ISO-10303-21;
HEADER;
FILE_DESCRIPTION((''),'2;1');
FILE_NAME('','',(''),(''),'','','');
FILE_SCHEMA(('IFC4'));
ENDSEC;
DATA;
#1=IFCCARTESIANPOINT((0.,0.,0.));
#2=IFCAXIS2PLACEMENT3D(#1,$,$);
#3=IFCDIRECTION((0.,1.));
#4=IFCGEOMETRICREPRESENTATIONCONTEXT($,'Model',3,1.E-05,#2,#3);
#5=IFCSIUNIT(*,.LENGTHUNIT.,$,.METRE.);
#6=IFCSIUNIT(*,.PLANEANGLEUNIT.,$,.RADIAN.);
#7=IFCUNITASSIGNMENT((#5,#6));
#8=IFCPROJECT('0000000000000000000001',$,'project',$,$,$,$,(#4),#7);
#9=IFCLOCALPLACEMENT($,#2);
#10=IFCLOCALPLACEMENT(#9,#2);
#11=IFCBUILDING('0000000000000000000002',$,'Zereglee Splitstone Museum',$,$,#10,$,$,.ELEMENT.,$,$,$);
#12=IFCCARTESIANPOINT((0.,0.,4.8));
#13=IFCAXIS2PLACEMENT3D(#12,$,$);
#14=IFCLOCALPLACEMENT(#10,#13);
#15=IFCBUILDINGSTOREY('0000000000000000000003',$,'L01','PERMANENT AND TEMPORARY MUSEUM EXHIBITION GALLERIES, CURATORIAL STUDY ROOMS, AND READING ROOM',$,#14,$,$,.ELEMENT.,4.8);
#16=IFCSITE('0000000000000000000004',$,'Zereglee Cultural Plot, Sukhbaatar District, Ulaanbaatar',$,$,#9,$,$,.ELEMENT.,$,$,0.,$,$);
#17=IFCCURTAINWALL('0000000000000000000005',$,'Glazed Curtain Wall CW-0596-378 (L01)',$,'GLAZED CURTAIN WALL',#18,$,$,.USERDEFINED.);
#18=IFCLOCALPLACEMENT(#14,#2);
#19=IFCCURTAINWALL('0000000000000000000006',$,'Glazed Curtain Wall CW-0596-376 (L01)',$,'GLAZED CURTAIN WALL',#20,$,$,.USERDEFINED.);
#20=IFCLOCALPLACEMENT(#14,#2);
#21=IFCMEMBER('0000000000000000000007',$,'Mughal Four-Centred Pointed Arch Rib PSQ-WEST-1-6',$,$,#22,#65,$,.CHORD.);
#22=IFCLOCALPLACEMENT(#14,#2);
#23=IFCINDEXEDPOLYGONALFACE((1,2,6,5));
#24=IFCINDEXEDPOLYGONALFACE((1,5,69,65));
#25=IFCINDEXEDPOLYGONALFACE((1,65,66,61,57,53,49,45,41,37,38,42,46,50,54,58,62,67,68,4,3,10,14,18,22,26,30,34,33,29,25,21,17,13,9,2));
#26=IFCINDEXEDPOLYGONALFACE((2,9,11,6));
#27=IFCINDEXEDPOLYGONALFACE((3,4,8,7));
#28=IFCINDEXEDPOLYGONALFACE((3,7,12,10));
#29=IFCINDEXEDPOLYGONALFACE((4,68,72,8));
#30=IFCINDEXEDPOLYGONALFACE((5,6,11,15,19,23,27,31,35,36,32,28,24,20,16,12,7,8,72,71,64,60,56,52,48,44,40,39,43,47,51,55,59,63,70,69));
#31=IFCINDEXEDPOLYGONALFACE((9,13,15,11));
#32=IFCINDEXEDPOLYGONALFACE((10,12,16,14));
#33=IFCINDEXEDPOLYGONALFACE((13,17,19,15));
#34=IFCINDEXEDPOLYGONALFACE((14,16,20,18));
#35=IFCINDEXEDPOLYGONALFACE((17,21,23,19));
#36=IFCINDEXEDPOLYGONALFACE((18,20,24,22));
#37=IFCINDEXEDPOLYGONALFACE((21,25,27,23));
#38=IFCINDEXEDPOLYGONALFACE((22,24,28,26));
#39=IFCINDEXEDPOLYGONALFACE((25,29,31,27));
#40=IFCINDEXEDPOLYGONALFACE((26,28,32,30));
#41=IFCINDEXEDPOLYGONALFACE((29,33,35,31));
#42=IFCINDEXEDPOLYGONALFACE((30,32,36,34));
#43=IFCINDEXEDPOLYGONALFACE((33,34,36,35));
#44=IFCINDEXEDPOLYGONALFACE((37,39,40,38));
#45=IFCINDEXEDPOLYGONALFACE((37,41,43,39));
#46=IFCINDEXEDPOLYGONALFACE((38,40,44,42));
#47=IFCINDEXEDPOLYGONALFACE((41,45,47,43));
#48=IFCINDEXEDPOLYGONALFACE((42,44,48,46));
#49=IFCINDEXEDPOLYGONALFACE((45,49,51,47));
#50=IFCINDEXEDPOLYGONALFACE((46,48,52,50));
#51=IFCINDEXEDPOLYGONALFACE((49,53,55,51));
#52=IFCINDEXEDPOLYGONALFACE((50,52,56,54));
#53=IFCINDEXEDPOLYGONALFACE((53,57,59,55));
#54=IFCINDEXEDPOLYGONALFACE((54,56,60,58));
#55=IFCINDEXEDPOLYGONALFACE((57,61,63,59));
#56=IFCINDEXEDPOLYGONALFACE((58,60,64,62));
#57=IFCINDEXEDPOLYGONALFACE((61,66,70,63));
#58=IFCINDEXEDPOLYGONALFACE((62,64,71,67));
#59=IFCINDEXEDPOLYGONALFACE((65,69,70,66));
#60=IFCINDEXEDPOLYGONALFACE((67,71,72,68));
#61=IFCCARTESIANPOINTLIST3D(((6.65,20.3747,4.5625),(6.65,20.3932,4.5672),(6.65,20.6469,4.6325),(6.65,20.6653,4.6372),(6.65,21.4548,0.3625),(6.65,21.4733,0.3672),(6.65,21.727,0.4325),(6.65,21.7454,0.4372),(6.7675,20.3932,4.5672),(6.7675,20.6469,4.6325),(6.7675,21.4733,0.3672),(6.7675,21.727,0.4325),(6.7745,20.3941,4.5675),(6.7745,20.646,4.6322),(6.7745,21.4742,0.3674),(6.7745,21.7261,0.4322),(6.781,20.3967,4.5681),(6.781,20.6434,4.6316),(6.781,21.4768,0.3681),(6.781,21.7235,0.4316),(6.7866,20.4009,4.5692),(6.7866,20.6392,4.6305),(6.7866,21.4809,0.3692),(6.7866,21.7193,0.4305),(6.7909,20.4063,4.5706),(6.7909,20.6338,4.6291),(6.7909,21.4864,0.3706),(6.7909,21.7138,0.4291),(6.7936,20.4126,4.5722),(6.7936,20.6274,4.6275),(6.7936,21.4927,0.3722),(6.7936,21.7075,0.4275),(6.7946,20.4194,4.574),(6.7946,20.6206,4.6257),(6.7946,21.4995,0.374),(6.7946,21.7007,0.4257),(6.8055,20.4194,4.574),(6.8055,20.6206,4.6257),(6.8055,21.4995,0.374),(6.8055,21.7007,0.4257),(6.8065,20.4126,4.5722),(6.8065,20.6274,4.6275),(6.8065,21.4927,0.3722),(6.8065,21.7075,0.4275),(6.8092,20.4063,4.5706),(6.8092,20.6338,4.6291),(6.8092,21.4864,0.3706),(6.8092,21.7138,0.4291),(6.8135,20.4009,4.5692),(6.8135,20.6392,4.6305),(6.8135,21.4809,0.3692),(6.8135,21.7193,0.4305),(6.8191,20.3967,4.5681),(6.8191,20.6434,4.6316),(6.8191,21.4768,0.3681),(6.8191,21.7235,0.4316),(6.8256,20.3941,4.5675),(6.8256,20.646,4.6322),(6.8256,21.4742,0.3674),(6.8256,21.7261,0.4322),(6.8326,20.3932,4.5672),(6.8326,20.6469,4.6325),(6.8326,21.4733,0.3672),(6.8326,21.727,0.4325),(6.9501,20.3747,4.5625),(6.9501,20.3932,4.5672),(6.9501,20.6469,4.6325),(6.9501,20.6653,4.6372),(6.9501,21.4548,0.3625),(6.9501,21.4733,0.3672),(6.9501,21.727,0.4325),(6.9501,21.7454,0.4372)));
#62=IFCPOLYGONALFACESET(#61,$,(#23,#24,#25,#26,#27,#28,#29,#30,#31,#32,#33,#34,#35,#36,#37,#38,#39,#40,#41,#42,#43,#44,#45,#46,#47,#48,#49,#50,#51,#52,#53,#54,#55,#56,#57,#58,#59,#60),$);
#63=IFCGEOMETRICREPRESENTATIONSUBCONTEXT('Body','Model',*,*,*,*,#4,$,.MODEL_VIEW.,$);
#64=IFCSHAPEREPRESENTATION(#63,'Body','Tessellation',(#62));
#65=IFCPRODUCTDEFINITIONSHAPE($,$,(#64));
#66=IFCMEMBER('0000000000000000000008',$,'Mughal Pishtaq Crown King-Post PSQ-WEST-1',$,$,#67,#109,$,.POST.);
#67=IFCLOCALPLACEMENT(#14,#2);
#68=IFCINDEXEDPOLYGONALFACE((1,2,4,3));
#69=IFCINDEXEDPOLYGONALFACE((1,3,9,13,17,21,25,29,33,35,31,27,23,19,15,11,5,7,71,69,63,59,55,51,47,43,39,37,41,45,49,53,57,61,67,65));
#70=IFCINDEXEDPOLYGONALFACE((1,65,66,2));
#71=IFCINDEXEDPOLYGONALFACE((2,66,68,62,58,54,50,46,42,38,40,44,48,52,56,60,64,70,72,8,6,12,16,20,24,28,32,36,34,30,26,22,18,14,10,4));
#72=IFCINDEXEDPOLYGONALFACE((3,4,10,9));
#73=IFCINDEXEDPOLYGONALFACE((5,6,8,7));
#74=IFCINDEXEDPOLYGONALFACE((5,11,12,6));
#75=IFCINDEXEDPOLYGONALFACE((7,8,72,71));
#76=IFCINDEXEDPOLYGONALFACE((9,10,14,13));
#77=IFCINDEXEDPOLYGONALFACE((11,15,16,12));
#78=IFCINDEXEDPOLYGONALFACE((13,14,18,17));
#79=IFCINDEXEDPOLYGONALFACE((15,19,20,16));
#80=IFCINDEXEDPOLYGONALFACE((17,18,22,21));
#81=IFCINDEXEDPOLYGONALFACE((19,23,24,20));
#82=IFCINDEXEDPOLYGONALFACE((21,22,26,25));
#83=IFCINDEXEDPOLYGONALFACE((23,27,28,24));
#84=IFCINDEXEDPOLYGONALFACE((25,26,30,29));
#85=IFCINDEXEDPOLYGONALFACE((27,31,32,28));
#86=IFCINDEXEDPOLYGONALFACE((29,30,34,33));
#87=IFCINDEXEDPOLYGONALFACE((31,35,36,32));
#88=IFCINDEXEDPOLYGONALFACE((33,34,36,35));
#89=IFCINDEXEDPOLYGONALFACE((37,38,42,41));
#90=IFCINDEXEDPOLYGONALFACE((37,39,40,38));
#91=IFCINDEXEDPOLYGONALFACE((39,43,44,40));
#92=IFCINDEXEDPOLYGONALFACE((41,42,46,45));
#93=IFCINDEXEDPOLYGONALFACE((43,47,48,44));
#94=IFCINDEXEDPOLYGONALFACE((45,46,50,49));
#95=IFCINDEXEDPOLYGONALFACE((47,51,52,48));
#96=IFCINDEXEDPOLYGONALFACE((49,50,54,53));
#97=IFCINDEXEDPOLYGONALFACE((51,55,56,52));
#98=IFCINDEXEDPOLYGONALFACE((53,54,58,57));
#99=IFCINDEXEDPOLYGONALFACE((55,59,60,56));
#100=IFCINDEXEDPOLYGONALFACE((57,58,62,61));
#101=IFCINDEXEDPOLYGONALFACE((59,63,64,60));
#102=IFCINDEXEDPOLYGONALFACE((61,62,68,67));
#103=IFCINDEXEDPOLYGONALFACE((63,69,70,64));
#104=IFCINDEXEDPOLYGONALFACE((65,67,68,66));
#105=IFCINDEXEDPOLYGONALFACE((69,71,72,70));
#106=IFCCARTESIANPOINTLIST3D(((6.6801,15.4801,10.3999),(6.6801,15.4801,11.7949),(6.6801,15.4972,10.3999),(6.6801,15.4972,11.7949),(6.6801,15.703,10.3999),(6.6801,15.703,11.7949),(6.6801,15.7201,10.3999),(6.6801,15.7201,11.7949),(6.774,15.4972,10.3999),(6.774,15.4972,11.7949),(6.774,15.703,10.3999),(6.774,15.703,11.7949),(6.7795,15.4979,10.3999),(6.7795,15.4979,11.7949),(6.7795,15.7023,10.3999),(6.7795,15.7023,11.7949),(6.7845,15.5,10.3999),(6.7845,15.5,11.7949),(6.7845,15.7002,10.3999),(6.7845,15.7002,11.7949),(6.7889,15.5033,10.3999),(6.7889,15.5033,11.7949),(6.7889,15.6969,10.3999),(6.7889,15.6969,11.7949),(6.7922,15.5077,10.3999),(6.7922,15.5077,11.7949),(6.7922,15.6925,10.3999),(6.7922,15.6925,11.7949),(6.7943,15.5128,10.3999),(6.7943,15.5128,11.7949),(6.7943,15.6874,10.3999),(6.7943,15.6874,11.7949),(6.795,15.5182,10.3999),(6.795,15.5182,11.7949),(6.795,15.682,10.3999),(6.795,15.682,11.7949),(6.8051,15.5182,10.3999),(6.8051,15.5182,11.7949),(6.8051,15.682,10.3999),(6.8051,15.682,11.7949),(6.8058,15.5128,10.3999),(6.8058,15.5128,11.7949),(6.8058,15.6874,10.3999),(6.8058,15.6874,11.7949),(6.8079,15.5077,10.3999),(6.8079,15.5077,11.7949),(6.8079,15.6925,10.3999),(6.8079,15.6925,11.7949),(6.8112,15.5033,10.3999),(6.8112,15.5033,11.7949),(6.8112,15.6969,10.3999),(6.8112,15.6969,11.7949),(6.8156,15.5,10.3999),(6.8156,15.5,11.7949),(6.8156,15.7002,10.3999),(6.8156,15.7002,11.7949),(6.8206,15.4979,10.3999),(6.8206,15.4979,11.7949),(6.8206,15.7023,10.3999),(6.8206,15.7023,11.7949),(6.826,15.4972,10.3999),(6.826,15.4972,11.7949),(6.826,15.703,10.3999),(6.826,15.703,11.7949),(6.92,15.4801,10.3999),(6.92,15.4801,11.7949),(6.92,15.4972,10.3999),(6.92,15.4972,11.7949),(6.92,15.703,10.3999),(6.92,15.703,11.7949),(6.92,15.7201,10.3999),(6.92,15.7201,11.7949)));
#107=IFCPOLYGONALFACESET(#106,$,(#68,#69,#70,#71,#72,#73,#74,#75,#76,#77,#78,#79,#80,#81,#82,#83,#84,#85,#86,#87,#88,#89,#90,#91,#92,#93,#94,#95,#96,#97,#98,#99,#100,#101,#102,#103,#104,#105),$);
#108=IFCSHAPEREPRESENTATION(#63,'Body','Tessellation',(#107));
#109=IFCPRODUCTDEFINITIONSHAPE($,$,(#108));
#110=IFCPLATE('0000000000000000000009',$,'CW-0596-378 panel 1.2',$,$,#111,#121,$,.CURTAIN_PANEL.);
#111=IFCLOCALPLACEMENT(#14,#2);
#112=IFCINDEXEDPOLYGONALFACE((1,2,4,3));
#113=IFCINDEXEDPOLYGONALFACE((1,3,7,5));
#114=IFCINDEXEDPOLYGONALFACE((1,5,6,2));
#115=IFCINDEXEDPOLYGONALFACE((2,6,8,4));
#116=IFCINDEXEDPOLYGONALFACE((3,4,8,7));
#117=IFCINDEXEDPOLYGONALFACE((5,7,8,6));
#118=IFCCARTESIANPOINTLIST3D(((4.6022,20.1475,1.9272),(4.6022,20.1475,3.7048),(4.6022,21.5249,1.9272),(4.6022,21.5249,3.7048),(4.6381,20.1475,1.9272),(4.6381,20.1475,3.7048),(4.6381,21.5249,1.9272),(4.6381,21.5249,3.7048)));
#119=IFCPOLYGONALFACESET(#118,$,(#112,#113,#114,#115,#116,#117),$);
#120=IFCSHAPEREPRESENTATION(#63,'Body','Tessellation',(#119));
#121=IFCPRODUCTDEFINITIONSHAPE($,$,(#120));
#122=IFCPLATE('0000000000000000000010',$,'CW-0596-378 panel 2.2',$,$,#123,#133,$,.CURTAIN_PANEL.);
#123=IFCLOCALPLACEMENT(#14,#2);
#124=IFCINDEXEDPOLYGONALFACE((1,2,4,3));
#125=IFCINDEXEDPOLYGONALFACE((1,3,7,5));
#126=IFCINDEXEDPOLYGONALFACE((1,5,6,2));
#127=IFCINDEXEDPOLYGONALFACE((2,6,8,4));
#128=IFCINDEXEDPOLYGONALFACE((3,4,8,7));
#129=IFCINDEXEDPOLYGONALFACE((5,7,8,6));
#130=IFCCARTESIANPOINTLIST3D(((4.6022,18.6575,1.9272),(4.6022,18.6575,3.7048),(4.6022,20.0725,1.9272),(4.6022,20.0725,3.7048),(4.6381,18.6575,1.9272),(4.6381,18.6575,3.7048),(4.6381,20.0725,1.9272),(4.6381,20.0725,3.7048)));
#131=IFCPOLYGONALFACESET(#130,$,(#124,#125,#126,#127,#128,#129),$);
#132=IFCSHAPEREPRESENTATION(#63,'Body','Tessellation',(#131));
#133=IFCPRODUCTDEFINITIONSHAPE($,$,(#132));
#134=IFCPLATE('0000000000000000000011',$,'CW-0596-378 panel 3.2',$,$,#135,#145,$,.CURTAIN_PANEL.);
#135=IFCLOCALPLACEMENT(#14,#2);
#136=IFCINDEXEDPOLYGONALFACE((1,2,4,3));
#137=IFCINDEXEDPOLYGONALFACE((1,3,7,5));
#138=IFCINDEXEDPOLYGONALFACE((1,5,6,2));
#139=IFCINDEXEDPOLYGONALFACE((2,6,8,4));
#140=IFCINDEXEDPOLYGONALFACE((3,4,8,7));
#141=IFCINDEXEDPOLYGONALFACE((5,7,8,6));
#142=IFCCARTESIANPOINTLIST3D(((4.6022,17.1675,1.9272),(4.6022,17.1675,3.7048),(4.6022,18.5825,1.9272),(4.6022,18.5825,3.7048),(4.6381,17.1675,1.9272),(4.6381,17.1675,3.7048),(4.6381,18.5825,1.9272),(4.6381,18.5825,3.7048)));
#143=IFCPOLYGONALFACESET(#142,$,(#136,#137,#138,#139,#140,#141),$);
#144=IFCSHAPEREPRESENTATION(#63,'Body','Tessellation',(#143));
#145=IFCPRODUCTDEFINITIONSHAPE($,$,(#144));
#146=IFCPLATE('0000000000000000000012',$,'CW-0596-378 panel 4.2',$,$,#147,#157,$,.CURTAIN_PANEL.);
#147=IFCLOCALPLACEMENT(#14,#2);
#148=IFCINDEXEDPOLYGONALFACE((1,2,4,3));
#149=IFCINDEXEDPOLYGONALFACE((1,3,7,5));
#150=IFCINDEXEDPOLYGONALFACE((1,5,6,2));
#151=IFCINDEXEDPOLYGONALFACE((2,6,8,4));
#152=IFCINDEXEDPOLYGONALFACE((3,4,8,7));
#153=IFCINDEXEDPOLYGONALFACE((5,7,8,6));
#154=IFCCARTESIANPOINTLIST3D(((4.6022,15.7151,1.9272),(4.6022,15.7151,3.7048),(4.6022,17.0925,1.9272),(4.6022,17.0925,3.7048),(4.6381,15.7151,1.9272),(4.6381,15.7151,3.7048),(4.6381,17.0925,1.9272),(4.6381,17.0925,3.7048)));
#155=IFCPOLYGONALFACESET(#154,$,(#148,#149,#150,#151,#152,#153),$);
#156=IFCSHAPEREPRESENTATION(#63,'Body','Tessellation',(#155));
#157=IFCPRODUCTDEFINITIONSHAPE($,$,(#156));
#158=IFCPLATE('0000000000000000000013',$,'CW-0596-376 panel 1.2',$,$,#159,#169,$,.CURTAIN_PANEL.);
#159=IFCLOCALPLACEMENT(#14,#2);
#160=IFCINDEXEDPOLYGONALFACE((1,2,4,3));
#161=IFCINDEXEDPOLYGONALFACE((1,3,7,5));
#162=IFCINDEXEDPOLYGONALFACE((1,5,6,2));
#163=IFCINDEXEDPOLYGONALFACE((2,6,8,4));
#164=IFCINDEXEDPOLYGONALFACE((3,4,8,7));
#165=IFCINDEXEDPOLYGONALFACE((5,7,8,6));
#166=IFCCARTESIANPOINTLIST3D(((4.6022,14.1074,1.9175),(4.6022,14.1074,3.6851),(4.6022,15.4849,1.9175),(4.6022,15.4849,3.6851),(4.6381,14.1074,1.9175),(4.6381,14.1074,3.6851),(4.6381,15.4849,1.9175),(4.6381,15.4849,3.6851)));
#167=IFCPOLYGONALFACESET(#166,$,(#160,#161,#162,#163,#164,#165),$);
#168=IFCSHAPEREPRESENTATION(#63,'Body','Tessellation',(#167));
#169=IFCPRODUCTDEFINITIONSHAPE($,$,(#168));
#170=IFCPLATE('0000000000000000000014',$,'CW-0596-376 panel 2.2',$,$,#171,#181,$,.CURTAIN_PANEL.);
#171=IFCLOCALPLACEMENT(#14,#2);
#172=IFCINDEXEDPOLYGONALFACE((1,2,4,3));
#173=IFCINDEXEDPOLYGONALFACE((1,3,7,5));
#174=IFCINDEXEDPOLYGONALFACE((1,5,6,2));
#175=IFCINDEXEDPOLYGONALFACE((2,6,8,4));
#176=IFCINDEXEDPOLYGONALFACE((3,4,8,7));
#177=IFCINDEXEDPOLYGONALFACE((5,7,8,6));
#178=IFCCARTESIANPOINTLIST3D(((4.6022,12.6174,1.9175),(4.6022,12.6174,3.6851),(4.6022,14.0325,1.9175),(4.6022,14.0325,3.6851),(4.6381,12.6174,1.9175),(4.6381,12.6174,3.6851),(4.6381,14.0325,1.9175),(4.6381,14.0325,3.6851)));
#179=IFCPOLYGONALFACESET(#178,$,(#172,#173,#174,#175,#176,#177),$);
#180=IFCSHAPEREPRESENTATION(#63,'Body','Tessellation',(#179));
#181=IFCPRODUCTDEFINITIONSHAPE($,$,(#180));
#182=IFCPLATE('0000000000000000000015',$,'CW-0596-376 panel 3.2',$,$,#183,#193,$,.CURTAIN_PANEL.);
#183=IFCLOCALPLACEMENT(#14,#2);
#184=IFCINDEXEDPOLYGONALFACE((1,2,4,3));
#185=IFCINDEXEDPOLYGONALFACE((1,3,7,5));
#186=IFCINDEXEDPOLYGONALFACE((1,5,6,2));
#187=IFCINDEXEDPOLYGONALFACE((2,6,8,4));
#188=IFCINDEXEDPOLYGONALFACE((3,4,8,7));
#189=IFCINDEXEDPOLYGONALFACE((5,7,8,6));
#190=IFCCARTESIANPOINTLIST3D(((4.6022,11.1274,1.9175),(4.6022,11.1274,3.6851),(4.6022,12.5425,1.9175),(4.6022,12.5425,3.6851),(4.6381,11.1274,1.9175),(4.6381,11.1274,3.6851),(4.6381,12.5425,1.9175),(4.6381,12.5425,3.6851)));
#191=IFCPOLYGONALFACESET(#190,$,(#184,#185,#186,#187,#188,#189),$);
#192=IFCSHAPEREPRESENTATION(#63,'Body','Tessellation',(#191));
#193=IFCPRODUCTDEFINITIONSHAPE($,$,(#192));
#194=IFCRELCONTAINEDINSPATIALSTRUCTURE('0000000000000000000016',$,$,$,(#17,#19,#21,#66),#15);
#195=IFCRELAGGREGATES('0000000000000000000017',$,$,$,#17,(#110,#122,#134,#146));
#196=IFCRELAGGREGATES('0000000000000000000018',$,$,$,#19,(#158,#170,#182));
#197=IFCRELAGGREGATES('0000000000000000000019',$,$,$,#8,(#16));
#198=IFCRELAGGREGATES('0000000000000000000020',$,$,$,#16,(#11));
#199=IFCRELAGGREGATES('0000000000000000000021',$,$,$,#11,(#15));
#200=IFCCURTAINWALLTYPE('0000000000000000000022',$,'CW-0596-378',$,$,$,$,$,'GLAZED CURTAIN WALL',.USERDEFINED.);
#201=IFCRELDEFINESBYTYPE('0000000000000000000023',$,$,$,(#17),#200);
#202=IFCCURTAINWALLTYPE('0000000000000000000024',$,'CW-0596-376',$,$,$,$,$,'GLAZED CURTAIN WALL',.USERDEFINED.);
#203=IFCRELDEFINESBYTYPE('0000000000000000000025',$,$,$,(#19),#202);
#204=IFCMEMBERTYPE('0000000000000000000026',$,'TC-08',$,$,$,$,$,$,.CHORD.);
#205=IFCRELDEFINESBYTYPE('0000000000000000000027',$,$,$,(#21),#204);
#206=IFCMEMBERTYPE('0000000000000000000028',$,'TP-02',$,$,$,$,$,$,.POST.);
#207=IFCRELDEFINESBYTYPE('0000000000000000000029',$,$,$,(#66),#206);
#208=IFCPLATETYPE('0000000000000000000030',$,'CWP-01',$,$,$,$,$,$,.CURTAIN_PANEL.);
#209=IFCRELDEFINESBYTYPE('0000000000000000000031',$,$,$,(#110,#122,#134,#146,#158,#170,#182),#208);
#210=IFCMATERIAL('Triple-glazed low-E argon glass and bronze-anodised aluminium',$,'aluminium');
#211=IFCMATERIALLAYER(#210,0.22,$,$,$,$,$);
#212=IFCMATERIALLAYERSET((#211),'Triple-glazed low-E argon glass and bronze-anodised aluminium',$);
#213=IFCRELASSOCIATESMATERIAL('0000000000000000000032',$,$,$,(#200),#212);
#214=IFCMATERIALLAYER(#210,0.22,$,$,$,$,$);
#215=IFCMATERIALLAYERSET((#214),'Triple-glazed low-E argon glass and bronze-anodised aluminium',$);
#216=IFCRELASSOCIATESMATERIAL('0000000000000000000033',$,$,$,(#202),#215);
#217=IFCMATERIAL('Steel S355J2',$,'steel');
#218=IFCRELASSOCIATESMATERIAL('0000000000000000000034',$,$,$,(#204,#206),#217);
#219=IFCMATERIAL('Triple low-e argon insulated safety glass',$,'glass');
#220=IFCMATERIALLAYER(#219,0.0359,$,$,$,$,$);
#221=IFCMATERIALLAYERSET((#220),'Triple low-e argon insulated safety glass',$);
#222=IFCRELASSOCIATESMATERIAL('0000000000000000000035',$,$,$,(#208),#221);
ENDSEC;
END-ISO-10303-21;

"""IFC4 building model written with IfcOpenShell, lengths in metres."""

from ifc_helpers import new_model, si_unit, direction, frame, origin, origin_2d, place, context, subcontext, project, spatial, rectangle, i_section, extrude, material, layer, layer_set, material_profile, profile_set, type_object, element, aggregate, save


model = new_model("IFC4")

# Units and contexts
model_context = context("Model", 3, precision=1e-05, world=origin(), true_north=direction((0.0, 1.0)))
body_context = subcontext(model_context, "Body", "Model", "MODEL_VIEW")
ifc_project = project(units=[si_unit("LENGTHUNIT", "METRE"), si_unit("PLANEANGLEUNIT", "RADIAN")], contexts=[model_context])

# Site, building, storey
site_placement = place(None, origin())
site = spatial("IfcSite", under=ifc_project, at=site_placement, Name="Zereglee Cultural Plot, Sukhbaatar District, Ulaanbaatar", CompositionType="ELEMENT", RefElevation=0.0)
building_placement = place(site_placement, origin())
building = spatial("IfcBuilding", under=site, at=building_placement, Name="Zereglee Splitstone Museum", CompositionType="ELEMENT")
storey_placement = place(building_placement, frame((0.0, 0.0, 4.8)))
storey = spatial("IfcBuildingStorey", under=building, at=storey_placement, Name="L01", Description="PERMANENT AND TEMPORARY MUSEUM EXHIBITION GALLERIES, CURATORIAL STUDY ROOMS, AND READING ROOM", CompositionType="ELEMENT", Elevation=4.8)

# Curtain walls
ifc_material_1 = material(Name="Triple-glazed low-E argon glass and bronze-anodised aluminium", Category="aluminium")
ifc_layer_1 = layer(ifc_material_1, 0.22)
ifc_layer_set_1 = layer_set([ifc_layer_1], Name="Triple-glazed low-E argon glass and bronze-anodised aluminium")
curtain_wall_type_1 = type_object("IfcCurtainWallType", Name="CW-0596-378", ElementType="GLAZED CURTAIN WALL", PredefinedType="USERDEFINED", material=ifc_layer_set_1)
curtain_wall_1_placement = place(storey_placement, origin())
curtain_wall_1 = element("IfcCurtainWall", 1, at=curtain_wall_1_placement, inside=storey, type_object=curtain_wall_type_1, Name="Glazed Curtain Wall CW-0596-378 (L01)", ObjectType="GLAZED CURTAIN WALL", PredefinedType="USERDEFINED")
ifc_layer_2 = layer(ifc_material_1, 0.22)
ifc_layer_set_2 = layer_set([ifc_layer_2], Name="Triple-glazed low-E argon glass and bronze-anodised aluminium")
curtain_wall_type_2 = type_object("IfcCurtainWallType", Name="CW-0596-376", ElementType="GLAZED CURTAIN WALL", PredefinedType="USERDEFINED", material=ifc_layer_set_2)
curtain_wall_2_placement = place(storey_placement, origin())
curtain_wall_2 = element("IfcCurtainWall", 2, at=curtain_wall_2_placement, inside=storey, type_object=curtain_wall_type_2, Name="Glazed Curtain Wall CW-0596-376 (L01)", ObjectType="GLAZED CURTAIN WALL", PredefinedType="USERDEFINED")

# Members
ifc_material_2 = material(Name="Steel S355J2", Category="steel")
ifc_material_profile_1 = material_profile(ifc_material_2, i_section(OverallWidth=0.3, OverallDepth=0.3, WebThickness=0.011, FlangeThickness=0.019, FilletRadius=0.0271, at=origin_2d()), Name="HE 300 B")
ifc_profile_set_1 = profile_set([ifc_material_profile_1], Name="Steel S355J2")
member_type_1 = type_object("IfcMemberType", Name="TC-08", PredefinedType="CHORD", material=ifc_profile_set_1)
member_1_placement = place(storey_placement, frame((6.8, 20.52, 4.5999), z_axis=(0.0, 0.249061, -0.968488), x_axis=(-1.0, 0.0, 0.0)))
element("IfcMember", 3, at=member_1_placement, inside=storey, type_object=member_type_1, Name="Mughal Four-Centred Pointed Arch Rib PSQ-WEST-1-6", PredefinedType="CHORD", context=body_context, shape_type="SweptSolid", body=[
    extrude(i_section(OverallWidth=0.3, OverallDepth=0.3, WebThickness=0.011, FlangeThickness=0.019, FilletRadius=0.0271, at=origin_2d()), origin(), (0.0, 0.0, 1.0), 4.3367),
])
ifc_material_profile_2 = material_profile(ifc_material_2, i_section(OverallWidth=0.24, OverallDepth=0.24, WebThickness=0.01, FlangeThickness=0.0171, FilletRadius=0.021, at=origin_2d()), Name="HE 240 B")
ifc_profile_set_2 = profile_set([ifc_material_profile_2], Name="Steel S355J2")
member_type_2 = type_object("IfcMemberType", Name="TP-02", PredefinedType="POST", material=ifc_profile_set_2)
member_2_placement = place(storey_placement, frame((6.8, 15.6001, 10.3999), z_axis=(0.0, 0.0, 1.0), x_axis=(1.0, 0.0, 0.0)))
element("IfcMember", 4, at=member_2_placement, inside=storey, type_object=member_type_2, Name="Mughal Pishtaq Crown King-Post PSQ-WEST-1", PredefinedType="POST", context=body_context, shape_type="SweptSolid", body=[
    extrude(i_section(OverallWidth=0.24, OverallDepth=0.24, WebThickness=0.01, FlangeThickness=0.0171, FilletRadius=0.021, at=origin_2d()), origin(), (0.0, 0.0, 1.0), 1.395),
])

# Plates
ifc_material_3 = material(Name="Triple low-e argon insulated safety glass", Category="glass")
ifc_layer_3 = layer(ifc_material_3, 0.0359)
ifc_layer_set_3 = layer_set([ifc_layer_3], Name="Triple low-e argon insulated safety glass")
plate_type = type_object("IfcPlateType", Name="CWP-01", PredefinedType="CURTAIN_PANEL", material=ifc_layer_set_3)
plate_1_placement = place(storey_placement, frame((4.6201, 20.8362, 1.9272), z_axis=(0.0, 0.0, 1.0), x_axis=(0.0, -1.0, 0.0)))
plate_1 = element("IfcPlate", 5, at=plate_1_placement, type_object=plate_type, Name="CW-0596-378 panel 1.2", PredefinedType="CURTAIN_PANEL", context=body_context, shape_type="SweptSolid", body=[
    extrude(rectangle(XDim=1.3774, YDim=0.0359, at=origin_2d()), origin(), (0.0, 0.0, 1.0), 1.7776),
])
plate_2_placement = place(storey_placement, frame((4.6201, 19.365, 1.9272), z_axis=(0.0, 0.0, 1.0), x_axis=(0.0, -1.0, 0.0)))
plate_2 = element("IfcPlate", 6, at=plate_2_placement, type_object=plate_type, Name="CW-0596-378 panel 2.2", PredefinedType="CURTAIN_PANEL", context=body_context, shape_type="SweptSolid", body=[
    extrude(rectangle(XDim=1.415, YDim=0.0359, at=origin_2d()), origin(), (0.0, 0.0, 1.0), 1.7776),
])
plate_3_placement = place(storey_placement, frame((4.6201, 17.875, 1.9272), z_axis=(0.0, 0.0, 1.0), x_axis=(0.0, -1.0, 0.0)))
plate_3 = element("IfcPlate", 7, at=plate_3_placement, type_object=plate_type, Name="CW-0596-378 panel 3.2", PredefinedType="CURTAIN_PANEL", context=body_context, shape_type="SweptSolid", body=[
    extrude(rectangle(XDim=1.415, YDim=0.0359, at=origin_2d()), origin(), (0.0, 0.0, 1.0), 1.7776),
])
plate_4_placement = place(storey_placement, frame((4.6201, 16.4038, 1.9272), z_axis=(0.0, 0.0, 1.0), x_axis=(0.0, -1.0, 0.0)))
plate_4 = element("IfcPlate", 8, at=plate_4_placement, type_object=plate_type, Name="CW-0596-378 panel 4.2", PredefinedType="CURTAIN_PANEL", context=body_context, shape_type="SweptSolid", body=[
    extrude(rectangle(XDim=1.3774, YDim=0.0359, at=origin_2d()), origin(), (0.0, 0.0, 1.0), 1.7776),
])
aggregate(curtain_wall_1, [plate_1, plate_2, plate_3, plate_4])
plate_5_placement = place(storey_placement, frame((4.6201, 14.7961, 1.9175), z_axis=(0.0, 0.0, 1.0), x_axis=(0.0, -1.0, 0.0)))
plate_5 = element("IfcPlate", 9, at=plate_5_placement, type_object=plate_type, Name="CW-0596-376 panel 1.2", PredefinedType="CURTAIN_PANEL", context=body_context, shape_type="SweptSolid", body=[
    extrude(rectangle(XDim=1.3774, YDim=0.0359, at=origin_2d()), origin(), (0.0, 0.0, 1.0), 1.7676),
])
plate_6_placement = place(storey_placement, frame((4.6201, 13.325, 1.9175), z_axis=(0.0, 0.0, 1.0), x_axis=(0.0, -1.0, 0.0)))
plate_6 = element("IfcPlate", 10, at=plate_6_placement, type_object=plate_type, Name="CW-0596-376 panel 2.2", PredefinedType="CURTAIN_PANEL", context=body_context, shape_type="SweptSolid", body=[
    extrude(rectangle(XDim=1.415, YDim=0.0359, at=origin_2d()), origin(), (0.0, 0.0, 1.0), 1.7676),
])
plate_7_placement = place(storey_placement, frame((4.6201, 11.835, 1.9175), z_axis=(0.0, 0.0, 1.0), x_axis=(0.0, -1.0, 0.0)))
plate_7 = element("IfcPlate", 11, at=plate_7_placement, type_object=plate_type, Name="CW-0596-376 panel 3.2", PredefinedType="CURTAIN_PANEL", context=body_context, shape_type="SweptSolid", body=[
    extrude(rectangle(XDim=1.415, YDim=0.0359, at=origin_2d()), origin(), (0.0, 0.0, 1.0), 1.7676),
])
aggregate(curtain_wall_2, [plate_5, plate_6, plate_7])

save(model, "model.ifc")
